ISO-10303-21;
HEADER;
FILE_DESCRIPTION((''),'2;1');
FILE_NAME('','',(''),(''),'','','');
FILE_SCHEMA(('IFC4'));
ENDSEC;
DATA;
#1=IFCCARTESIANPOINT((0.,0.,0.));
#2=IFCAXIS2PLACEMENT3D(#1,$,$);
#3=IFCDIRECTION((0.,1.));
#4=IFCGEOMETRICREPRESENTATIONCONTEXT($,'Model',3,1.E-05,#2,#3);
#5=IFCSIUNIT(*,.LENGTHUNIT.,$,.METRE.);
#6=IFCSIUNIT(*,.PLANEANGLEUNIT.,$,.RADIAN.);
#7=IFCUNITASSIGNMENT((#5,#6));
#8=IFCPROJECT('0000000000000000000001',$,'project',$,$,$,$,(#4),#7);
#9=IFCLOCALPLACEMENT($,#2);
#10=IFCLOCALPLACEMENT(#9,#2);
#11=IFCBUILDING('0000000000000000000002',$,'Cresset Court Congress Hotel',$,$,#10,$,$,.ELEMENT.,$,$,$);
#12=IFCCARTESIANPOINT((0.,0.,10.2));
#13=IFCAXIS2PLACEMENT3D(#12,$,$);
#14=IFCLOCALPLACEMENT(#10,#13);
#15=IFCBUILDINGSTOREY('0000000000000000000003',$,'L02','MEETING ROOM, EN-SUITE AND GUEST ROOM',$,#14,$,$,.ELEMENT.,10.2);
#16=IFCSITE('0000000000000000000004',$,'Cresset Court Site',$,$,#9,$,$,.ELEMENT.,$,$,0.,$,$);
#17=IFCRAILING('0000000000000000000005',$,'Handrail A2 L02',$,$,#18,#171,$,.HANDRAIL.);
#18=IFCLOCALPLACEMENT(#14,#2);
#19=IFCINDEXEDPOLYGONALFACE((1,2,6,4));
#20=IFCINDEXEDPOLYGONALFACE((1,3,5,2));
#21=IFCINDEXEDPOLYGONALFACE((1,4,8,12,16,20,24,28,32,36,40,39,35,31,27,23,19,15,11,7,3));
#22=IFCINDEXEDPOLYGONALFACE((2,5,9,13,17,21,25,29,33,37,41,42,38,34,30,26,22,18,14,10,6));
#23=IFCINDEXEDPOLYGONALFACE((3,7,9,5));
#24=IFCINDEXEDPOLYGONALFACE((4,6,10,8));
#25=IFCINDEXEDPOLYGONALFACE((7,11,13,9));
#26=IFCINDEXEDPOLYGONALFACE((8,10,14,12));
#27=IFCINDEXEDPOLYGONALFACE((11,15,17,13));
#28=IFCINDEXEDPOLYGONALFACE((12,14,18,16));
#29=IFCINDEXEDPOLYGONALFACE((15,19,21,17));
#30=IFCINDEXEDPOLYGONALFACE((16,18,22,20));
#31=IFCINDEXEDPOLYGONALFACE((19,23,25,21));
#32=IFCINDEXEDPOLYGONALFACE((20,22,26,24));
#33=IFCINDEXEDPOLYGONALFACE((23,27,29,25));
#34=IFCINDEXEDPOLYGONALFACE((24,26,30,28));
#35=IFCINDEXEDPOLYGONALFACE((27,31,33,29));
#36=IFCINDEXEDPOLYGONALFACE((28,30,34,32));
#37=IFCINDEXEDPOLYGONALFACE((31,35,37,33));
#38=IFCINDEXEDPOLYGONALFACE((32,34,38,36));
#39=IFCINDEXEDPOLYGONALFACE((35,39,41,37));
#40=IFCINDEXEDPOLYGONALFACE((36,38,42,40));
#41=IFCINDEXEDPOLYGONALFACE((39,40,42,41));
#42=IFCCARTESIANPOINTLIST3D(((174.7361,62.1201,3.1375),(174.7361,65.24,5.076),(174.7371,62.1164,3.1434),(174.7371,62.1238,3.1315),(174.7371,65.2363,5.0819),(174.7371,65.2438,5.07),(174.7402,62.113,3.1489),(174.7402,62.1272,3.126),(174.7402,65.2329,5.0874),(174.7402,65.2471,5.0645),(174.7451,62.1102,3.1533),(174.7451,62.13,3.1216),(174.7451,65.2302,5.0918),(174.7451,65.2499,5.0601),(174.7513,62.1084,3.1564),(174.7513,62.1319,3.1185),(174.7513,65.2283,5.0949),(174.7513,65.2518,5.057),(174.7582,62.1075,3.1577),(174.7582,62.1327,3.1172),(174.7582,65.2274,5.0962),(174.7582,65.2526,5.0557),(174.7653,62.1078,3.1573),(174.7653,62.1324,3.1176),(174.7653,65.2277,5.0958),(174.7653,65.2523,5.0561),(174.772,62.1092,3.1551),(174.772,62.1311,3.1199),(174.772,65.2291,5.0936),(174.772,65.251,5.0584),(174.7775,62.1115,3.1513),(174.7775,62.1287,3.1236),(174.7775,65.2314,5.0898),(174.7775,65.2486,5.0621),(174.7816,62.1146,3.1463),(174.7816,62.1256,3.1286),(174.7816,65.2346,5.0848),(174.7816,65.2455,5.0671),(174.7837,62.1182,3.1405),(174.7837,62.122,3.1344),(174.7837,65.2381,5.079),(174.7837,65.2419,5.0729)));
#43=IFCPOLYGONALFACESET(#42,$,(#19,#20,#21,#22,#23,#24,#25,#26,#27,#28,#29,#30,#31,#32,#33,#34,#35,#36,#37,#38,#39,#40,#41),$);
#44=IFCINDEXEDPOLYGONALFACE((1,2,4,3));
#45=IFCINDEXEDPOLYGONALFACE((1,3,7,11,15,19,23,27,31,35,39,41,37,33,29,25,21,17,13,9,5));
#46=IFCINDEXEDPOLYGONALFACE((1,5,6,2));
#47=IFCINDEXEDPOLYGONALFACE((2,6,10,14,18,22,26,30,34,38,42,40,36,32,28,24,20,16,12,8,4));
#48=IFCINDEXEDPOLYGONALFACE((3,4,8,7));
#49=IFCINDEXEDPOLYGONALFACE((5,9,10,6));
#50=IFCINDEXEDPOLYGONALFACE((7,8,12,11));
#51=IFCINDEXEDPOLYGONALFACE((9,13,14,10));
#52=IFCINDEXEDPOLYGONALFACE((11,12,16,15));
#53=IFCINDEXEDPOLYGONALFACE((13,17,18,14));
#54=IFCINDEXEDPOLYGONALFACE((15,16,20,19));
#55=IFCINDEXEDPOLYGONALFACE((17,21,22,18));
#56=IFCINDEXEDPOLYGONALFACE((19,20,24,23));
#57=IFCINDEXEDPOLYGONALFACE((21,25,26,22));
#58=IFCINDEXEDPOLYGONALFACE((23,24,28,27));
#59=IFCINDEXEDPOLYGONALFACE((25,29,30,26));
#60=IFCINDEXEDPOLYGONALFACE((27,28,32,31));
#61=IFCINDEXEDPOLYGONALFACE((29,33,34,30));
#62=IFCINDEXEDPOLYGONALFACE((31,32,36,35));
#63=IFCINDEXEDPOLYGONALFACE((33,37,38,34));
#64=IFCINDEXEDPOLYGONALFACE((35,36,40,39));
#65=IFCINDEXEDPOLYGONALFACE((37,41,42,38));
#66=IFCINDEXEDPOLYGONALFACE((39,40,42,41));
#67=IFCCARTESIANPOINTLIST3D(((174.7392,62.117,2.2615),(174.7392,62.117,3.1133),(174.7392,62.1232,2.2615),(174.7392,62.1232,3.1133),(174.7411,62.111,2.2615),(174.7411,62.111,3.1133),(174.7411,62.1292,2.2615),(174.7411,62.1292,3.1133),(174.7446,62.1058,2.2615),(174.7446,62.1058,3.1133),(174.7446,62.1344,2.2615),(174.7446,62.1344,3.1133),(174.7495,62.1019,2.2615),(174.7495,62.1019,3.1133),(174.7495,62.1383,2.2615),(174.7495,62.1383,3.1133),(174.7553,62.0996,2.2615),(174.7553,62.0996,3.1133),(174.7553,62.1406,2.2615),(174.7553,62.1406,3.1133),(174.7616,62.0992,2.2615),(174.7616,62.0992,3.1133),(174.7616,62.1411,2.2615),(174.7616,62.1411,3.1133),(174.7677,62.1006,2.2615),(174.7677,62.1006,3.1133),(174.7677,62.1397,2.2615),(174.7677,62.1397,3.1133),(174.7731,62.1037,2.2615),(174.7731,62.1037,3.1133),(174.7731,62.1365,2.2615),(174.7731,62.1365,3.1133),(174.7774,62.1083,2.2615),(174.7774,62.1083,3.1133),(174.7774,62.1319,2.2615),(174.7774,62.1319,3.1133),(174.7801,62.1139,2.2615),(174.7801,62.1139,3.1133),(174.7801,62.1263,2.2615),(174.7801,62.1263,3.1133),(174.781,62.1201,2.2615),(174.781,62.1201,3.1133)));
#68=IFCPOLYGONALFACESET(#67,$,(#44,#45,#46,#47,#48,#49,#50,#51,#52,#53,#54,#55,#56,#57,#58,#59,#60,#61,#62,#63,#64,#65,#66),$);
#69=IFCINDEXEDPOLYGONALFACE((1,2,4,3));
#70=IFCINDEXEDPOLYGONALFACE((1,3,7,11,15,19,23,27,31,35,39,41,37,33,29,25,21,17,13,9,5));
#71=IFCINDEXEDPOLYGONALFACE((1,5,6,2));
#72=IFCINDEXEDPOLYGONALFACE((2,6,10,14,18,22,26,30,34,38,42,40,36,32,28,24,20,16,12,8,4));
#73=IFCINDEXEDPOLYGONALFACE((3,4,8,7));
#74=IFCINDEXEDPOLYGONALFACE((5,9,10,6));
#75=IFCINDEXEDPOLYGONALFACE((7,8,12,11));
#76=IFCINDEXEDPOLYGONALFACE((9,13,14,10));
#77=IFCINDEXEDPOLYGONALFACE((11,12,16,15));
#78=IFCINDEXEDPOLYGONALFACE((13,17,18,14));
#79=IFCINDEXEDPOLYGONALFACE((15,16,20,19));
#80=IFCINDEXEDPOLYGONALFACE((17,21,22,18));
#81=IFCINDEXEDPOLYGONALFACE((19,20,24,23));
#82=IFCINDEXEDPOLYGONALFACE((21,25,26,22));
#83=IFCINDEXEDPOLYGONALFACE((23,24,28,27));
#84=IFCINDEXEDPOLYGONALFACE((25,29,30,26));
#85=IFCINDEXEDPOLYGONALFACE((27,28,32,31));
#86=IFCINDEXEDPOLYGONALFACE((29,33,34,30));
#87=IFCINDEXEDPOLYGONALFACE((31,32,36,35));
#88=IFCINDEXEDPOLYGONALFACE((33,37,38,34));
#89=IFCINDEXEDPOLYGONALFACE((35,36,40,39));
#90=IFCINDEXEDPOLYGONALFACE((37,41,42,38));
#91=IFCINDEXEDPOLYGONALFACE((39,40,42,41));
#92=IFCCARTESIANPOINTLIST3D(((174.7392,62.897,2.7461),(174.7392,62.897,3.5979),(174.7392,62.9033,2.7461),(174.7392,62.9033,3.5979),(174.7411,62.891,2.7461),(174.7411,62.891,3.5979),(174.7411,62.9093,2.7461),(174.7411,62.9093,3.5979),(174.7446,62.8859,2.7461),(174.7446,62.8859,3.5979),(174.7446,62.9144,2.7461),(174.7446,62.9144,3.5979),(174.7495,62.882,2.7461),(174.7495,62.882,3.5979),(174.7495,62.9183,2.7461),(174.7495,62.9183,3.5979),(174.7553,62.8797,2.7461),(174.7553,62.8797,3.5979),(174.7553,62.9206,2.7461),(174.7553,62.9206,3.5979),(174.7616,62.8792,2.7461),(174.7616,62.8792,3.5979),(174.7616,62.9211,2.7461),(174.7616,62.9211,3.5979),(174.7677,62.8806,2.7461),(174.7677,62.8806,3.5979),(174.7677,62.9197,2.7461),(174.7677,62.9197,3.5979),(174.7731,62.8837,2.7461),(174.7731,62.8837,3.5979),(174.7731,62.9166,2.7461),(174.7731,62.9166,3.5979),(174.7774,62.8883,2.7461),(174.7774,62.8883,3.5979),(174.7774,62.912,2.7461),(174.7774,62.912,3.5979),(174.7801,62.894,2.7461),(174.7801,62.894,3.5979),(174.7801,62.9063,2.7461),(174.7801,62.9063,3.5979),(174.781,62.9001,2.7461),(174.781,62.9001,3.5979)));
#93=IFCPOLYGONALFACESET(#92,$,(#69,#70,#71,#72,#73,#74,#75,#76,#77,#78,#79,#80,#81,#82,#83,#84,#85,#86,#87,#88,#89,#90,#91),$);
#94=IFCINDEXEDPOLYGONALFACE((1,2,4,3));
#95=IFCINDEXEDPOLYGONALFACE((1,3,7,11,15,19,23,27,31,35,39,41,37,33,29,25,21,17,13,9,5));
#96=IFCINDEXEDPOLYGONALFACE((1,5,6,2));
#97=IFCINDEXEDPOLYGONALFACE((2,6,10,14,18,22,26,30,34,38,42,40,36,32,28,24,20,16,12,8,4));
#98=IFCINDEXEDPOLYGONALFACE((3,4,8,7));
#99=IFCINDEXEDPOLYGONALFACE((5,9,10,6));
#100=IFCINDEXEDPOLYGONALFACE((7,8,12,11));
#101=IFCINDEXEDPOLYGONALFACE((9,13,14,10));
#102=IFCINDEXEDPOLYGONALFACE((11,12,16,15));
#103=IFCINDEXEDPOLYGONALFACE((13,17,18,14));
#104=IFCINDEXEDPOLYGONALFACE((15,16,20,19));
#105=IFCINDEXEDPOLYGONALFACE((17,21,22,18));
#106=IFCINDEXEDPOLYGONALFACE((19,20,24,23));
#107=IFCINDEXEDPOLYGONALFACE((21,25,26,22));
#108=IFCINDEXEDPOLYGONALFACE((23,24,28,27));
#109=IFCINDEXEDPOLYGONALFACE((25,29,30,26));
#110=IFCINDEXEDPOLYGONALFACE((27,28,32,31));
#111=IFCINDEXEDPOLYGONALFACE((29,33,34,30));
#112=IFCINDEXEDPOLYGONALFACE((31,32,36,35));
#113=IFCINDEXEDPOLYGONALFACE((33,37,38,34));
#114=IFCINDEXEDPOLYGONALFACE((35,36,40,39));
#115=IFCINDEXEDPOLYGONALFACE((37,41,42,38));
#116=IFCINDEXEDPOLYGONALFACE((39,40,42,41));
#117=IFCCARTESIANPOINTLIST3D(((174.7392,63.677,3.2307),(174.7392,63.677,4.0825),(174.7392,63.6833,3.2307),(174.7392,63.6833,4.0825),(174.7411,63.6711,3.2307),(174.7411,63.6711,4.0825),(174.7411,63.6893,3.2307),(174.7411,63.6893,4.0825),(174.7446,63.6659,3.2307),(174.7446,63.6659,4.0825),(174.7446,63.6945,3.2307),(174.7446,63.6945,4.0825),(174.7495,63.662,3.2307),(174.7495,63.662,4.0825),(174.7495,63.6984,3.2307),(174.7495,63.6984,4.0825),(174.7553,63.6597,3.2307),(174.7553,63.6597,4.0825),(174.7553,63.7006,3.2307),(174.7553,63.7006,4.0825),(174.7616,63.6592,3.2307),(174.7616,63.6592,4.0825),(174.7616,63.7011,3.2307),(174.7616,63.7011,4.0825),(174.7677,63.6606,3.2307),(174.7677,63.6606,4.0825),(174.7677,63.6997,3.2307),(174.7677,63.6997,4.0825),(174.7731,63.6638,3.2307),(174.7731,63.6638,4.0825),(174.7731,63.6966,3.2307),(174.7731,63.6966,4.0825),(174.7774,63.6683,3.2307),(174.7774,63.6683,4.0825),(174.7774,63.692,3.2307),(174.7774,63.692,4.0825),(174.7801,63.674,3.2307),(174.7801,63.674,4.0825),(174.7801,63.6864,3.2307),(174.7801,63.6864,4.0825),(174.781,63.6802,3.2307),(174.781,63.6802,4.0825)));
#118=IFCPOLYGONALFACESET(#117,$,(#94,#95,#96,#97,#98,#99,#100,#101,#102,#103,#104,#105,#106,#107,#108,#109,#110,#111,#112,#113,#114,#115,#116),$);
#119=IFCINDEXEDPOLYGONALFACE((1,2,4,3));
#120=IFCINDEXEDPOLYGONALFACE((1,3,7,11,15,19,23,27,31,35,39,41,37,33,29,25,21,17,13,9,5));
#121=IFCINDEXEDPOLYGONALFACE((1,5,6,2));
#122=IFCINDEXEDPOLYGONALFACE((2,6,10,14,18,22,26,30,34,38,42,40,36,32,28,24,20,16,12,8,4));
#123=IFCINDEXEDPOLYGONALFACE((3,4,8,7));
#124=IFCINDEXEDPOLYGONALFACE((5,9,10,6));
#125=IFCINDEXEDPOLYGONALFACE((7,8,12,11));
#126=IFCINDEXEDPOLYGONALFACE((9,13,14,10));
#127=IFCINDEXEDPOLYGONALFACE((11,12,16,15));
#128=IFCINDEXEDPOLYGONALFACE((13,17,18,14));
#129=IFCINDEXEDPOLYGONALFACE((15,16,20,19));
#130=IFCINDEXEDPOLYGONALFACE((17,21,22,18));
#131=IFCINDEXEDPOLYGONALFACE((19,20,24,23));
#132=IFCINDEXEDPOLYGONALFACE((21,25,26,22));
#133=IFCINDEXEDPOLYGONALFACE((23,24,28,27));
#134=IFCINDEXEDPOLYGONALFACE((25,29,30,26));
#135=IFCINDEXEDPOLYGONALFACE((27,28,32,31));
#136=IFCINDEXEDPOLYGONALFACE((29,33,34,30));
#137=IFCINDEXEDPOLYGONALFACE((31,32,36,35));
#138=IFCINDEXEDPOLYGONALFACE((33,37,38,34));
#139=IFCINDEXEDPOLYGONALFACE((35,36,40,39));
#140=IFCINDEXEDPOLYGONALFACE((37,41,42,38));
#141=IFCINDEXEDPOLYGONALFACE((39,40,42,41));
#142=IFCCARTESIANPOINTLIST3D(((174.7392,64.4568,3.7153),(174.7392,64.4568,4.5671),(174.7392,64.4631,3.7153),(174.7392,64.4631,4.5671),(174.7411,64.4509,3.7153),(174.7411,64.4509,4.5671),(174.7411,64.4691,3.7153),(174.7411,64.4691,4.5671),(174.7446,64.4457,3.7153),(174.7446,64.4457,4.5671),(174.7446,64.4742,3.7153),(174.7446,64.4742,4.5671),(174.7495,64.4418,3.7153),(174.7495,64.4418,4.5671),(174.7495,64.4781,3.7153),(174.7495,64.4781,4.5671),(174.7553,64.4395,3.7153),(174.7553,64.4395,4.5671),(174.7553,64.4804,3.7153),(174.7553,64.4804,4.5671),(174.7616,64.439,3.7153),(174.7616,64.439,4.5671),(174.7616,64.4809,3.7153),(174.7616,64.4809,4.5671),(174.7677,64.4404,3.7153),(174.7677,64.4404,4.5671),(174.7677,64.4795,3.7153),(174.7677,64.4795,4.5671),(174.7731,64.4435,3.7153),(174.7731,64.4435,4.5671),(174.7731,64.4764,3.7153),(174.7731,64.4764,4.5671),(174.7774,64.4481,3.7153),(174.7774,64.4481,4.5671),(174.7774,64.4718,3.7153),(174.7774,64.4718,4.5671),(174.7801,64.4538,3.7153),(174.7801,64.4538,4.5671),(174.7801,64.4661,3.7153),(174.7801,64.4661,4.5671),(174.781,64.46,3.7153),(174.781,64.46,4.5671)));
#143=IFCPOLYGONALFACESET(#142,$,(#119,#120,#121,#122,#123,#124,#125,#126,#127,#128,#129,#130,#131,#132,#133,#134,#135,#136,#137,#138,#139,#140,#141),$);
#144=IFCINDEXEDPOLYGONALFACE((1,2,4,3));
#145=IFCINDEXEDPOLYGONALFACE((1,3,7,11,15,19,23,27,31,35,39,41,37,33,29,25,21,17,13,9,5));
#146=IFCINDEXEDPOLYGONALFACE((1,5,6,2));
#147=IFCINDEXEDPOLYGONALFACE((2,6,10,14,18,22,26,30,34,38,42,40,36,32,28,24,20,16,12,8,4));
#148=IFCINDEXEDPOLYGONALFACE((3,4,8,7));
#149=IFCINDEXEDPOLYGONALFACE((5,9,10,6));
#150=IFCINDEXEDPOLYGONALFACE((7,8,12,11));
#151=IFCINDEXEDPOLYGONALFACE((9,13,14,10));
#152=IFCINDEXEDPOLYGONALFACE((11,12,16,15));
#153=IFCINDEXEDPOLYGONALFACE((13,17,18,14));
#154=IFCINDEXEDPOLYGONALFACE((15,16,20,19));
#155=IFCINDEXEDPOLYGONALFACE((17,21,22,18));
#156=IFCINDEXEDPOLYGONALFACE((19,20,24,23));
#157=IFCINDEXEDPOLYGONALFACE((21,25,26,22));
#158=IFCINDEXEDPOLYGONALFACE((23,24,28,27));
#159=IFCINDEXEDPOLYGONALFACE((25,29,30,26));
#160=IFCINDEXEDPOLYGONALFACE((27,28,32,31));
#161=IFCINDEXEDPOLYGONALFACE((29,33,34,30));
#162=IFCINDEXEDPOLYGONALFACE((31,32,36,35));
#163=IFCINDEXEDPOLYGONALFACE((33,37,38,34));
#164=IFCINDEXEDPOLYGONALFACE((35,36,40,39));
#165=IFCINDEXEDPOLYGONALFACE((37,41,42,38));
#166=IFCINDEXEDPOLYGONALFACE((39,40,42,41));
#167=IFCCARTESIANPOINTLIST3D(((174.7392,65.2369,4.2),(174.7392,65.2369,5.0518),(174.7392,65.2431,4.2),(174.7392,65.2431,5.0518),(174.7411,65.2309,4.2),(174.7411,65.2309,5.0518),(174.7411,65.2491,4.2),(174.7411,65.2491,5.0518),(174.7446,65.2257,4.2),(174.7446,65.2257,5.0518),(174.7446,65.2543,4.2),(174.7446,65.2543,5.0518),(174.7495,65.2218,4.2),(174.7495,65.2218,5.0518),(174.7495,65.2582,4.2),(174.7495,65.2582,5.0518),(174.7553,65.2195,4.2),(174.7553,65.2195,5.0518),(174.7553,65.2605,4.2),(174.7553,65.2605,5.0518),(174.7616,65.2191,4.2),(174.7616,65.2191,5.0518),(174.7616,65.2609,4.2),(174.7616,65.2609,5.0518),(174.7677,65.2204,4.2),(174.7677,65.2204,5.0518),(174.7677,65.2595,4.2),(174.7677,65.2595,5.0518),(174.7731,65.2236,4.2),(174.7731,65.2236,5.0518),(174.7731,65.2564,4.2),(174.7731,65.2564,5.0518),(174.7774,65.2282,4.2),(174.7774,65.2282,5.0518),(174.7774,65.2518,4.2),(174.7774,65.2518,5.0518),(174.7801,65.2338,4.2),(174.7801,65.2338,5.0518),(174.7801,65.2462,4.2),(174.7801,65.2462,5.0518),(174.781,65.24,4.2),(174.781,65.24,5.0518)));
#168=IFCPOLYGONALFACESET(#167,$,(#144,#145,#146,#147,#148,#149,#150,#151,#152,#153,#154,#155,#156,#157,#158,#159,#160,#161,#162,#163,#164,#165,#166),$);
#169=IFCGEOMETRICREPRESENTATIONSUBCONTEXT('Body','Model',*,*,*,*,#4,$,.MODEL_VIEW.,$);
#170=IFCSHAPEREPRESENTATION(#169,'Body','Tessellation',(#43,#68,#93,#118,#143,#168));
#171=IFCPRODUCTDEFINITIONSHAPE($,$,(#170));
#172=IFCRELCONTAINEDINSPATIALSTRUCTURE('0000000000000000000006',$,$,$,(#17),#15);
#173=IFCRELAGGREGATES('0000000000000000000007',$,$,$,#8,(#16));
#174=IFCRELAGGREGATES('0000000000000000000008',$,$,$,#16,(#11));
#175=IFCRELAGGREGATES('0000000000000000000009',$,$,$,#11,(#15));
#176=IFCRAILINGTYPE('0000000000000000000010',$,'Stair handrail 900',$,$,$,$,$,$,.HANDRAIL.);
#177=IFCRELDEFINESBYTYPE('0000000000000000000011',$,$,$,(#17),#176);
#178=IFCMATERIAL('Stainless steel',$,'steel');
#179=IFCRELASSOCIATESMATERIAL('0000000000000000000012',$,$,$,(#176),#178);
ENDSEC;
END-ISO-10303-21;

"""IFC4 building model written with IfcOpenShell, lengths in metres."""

from ifc_helpers import new_model, si_unit, direction, frame, origin, origin_2d, place, context, subcontext, project, spatial, circle, extrude, material, type_object, element, save


model = new_model("IFC4")

# Units and contexts
model_context = context("Model", 3, precision=1e-05, world=origin(), true_north=direction((0.0, 1.0)))
body_context = subcontext(model_context, "Body", "Model", "MODEL_VIEW")
ifc_project = project(units=[si_unit("LENGTHUNIT", "METRE"), si_unit("PLANEANGLEUNIT", "RADIAN")], contexts=[model_context])

# Site, building, storey
site_placement = place(None, origin())
site = spatial("IfcSite", under=ifc_project, at=site_placement, Name="Cresset Court Site", CompositionType="ELEMENT", RefElevation=0.0)
building_placement = place(site_placement, origin())
building = spatial("IfcBuilding", under=site, at=building_placement, Name="Cresset Court Congress Hotel", CompositionType="ELEMENT")
storey_placement = place(building_placement, frame((0.0, 0.0, 10.2)))
storey = spatial("IfcBuildingStorey", under=building, at=storey_placement, Name="L02", Description="MEETING ROOM, EN-SUITE AND GUEST ROOM", CompositionType="ELEMENT", Elevation=10.2)

# Railing
ifc_material_1 = material(Name="Stainless steel", Category="steel")
railing_type_1 = type_object("IfcRailingType", Name="Stair handrail 900", PredefinedType="HANDRAIL", material=ifc_material_1)
for number, where, name in (
    (1, (174.76, 62.1201, 2.2615), "Handrail A2 L02"),
):
    element("IfcRailing", number, at=place(storey_placement, frame(where)), inside=storey, type_object=railing_type_1, Name=name, PredefinedType="HANDRAIL", context=body_context, shape_type="SweptSolid", body=[
        extrude(circle(Radius=0.0239, at=origin_2d()), frame((0.0, 0.0, 0.876), z_axis=(0.0, 0.849396, 0.527757), x_axis=(-1.0, 0.0, 0.0)), (0.0, 0.0, 1.0), 3.6731),
        extrude(circle(Radius=0.021, at=origin_2d()), origin(), (0.0, 0.0, 1.0), 0.8518),
        extrude(circle(Radius=0.021, at=origin_2d()), frame((0.0, 0.78, 0.4846)), (0.0, 0.0, 1.0), 0.8518),
        extrude(circle(Radius=0.021, at=origin_2d()), frame((0.0, 1.5601, 0.9692)), (0.0, 0.0, 1.0), 0.8518),
        extrude(circle(Radius=0.021, at=origin_2d()), frame((0.0, 2.3398, 1.4539)), (0.0, 0.0, 1.0), 0.8518),
        extrude(circle(Radius=0.021, at=origin_2d()), frame((0.0, 3.1199, 1.9385)), (0.0, 0.0, 1.0), 0.8518),
    ])

save(model, "model.ifc")
